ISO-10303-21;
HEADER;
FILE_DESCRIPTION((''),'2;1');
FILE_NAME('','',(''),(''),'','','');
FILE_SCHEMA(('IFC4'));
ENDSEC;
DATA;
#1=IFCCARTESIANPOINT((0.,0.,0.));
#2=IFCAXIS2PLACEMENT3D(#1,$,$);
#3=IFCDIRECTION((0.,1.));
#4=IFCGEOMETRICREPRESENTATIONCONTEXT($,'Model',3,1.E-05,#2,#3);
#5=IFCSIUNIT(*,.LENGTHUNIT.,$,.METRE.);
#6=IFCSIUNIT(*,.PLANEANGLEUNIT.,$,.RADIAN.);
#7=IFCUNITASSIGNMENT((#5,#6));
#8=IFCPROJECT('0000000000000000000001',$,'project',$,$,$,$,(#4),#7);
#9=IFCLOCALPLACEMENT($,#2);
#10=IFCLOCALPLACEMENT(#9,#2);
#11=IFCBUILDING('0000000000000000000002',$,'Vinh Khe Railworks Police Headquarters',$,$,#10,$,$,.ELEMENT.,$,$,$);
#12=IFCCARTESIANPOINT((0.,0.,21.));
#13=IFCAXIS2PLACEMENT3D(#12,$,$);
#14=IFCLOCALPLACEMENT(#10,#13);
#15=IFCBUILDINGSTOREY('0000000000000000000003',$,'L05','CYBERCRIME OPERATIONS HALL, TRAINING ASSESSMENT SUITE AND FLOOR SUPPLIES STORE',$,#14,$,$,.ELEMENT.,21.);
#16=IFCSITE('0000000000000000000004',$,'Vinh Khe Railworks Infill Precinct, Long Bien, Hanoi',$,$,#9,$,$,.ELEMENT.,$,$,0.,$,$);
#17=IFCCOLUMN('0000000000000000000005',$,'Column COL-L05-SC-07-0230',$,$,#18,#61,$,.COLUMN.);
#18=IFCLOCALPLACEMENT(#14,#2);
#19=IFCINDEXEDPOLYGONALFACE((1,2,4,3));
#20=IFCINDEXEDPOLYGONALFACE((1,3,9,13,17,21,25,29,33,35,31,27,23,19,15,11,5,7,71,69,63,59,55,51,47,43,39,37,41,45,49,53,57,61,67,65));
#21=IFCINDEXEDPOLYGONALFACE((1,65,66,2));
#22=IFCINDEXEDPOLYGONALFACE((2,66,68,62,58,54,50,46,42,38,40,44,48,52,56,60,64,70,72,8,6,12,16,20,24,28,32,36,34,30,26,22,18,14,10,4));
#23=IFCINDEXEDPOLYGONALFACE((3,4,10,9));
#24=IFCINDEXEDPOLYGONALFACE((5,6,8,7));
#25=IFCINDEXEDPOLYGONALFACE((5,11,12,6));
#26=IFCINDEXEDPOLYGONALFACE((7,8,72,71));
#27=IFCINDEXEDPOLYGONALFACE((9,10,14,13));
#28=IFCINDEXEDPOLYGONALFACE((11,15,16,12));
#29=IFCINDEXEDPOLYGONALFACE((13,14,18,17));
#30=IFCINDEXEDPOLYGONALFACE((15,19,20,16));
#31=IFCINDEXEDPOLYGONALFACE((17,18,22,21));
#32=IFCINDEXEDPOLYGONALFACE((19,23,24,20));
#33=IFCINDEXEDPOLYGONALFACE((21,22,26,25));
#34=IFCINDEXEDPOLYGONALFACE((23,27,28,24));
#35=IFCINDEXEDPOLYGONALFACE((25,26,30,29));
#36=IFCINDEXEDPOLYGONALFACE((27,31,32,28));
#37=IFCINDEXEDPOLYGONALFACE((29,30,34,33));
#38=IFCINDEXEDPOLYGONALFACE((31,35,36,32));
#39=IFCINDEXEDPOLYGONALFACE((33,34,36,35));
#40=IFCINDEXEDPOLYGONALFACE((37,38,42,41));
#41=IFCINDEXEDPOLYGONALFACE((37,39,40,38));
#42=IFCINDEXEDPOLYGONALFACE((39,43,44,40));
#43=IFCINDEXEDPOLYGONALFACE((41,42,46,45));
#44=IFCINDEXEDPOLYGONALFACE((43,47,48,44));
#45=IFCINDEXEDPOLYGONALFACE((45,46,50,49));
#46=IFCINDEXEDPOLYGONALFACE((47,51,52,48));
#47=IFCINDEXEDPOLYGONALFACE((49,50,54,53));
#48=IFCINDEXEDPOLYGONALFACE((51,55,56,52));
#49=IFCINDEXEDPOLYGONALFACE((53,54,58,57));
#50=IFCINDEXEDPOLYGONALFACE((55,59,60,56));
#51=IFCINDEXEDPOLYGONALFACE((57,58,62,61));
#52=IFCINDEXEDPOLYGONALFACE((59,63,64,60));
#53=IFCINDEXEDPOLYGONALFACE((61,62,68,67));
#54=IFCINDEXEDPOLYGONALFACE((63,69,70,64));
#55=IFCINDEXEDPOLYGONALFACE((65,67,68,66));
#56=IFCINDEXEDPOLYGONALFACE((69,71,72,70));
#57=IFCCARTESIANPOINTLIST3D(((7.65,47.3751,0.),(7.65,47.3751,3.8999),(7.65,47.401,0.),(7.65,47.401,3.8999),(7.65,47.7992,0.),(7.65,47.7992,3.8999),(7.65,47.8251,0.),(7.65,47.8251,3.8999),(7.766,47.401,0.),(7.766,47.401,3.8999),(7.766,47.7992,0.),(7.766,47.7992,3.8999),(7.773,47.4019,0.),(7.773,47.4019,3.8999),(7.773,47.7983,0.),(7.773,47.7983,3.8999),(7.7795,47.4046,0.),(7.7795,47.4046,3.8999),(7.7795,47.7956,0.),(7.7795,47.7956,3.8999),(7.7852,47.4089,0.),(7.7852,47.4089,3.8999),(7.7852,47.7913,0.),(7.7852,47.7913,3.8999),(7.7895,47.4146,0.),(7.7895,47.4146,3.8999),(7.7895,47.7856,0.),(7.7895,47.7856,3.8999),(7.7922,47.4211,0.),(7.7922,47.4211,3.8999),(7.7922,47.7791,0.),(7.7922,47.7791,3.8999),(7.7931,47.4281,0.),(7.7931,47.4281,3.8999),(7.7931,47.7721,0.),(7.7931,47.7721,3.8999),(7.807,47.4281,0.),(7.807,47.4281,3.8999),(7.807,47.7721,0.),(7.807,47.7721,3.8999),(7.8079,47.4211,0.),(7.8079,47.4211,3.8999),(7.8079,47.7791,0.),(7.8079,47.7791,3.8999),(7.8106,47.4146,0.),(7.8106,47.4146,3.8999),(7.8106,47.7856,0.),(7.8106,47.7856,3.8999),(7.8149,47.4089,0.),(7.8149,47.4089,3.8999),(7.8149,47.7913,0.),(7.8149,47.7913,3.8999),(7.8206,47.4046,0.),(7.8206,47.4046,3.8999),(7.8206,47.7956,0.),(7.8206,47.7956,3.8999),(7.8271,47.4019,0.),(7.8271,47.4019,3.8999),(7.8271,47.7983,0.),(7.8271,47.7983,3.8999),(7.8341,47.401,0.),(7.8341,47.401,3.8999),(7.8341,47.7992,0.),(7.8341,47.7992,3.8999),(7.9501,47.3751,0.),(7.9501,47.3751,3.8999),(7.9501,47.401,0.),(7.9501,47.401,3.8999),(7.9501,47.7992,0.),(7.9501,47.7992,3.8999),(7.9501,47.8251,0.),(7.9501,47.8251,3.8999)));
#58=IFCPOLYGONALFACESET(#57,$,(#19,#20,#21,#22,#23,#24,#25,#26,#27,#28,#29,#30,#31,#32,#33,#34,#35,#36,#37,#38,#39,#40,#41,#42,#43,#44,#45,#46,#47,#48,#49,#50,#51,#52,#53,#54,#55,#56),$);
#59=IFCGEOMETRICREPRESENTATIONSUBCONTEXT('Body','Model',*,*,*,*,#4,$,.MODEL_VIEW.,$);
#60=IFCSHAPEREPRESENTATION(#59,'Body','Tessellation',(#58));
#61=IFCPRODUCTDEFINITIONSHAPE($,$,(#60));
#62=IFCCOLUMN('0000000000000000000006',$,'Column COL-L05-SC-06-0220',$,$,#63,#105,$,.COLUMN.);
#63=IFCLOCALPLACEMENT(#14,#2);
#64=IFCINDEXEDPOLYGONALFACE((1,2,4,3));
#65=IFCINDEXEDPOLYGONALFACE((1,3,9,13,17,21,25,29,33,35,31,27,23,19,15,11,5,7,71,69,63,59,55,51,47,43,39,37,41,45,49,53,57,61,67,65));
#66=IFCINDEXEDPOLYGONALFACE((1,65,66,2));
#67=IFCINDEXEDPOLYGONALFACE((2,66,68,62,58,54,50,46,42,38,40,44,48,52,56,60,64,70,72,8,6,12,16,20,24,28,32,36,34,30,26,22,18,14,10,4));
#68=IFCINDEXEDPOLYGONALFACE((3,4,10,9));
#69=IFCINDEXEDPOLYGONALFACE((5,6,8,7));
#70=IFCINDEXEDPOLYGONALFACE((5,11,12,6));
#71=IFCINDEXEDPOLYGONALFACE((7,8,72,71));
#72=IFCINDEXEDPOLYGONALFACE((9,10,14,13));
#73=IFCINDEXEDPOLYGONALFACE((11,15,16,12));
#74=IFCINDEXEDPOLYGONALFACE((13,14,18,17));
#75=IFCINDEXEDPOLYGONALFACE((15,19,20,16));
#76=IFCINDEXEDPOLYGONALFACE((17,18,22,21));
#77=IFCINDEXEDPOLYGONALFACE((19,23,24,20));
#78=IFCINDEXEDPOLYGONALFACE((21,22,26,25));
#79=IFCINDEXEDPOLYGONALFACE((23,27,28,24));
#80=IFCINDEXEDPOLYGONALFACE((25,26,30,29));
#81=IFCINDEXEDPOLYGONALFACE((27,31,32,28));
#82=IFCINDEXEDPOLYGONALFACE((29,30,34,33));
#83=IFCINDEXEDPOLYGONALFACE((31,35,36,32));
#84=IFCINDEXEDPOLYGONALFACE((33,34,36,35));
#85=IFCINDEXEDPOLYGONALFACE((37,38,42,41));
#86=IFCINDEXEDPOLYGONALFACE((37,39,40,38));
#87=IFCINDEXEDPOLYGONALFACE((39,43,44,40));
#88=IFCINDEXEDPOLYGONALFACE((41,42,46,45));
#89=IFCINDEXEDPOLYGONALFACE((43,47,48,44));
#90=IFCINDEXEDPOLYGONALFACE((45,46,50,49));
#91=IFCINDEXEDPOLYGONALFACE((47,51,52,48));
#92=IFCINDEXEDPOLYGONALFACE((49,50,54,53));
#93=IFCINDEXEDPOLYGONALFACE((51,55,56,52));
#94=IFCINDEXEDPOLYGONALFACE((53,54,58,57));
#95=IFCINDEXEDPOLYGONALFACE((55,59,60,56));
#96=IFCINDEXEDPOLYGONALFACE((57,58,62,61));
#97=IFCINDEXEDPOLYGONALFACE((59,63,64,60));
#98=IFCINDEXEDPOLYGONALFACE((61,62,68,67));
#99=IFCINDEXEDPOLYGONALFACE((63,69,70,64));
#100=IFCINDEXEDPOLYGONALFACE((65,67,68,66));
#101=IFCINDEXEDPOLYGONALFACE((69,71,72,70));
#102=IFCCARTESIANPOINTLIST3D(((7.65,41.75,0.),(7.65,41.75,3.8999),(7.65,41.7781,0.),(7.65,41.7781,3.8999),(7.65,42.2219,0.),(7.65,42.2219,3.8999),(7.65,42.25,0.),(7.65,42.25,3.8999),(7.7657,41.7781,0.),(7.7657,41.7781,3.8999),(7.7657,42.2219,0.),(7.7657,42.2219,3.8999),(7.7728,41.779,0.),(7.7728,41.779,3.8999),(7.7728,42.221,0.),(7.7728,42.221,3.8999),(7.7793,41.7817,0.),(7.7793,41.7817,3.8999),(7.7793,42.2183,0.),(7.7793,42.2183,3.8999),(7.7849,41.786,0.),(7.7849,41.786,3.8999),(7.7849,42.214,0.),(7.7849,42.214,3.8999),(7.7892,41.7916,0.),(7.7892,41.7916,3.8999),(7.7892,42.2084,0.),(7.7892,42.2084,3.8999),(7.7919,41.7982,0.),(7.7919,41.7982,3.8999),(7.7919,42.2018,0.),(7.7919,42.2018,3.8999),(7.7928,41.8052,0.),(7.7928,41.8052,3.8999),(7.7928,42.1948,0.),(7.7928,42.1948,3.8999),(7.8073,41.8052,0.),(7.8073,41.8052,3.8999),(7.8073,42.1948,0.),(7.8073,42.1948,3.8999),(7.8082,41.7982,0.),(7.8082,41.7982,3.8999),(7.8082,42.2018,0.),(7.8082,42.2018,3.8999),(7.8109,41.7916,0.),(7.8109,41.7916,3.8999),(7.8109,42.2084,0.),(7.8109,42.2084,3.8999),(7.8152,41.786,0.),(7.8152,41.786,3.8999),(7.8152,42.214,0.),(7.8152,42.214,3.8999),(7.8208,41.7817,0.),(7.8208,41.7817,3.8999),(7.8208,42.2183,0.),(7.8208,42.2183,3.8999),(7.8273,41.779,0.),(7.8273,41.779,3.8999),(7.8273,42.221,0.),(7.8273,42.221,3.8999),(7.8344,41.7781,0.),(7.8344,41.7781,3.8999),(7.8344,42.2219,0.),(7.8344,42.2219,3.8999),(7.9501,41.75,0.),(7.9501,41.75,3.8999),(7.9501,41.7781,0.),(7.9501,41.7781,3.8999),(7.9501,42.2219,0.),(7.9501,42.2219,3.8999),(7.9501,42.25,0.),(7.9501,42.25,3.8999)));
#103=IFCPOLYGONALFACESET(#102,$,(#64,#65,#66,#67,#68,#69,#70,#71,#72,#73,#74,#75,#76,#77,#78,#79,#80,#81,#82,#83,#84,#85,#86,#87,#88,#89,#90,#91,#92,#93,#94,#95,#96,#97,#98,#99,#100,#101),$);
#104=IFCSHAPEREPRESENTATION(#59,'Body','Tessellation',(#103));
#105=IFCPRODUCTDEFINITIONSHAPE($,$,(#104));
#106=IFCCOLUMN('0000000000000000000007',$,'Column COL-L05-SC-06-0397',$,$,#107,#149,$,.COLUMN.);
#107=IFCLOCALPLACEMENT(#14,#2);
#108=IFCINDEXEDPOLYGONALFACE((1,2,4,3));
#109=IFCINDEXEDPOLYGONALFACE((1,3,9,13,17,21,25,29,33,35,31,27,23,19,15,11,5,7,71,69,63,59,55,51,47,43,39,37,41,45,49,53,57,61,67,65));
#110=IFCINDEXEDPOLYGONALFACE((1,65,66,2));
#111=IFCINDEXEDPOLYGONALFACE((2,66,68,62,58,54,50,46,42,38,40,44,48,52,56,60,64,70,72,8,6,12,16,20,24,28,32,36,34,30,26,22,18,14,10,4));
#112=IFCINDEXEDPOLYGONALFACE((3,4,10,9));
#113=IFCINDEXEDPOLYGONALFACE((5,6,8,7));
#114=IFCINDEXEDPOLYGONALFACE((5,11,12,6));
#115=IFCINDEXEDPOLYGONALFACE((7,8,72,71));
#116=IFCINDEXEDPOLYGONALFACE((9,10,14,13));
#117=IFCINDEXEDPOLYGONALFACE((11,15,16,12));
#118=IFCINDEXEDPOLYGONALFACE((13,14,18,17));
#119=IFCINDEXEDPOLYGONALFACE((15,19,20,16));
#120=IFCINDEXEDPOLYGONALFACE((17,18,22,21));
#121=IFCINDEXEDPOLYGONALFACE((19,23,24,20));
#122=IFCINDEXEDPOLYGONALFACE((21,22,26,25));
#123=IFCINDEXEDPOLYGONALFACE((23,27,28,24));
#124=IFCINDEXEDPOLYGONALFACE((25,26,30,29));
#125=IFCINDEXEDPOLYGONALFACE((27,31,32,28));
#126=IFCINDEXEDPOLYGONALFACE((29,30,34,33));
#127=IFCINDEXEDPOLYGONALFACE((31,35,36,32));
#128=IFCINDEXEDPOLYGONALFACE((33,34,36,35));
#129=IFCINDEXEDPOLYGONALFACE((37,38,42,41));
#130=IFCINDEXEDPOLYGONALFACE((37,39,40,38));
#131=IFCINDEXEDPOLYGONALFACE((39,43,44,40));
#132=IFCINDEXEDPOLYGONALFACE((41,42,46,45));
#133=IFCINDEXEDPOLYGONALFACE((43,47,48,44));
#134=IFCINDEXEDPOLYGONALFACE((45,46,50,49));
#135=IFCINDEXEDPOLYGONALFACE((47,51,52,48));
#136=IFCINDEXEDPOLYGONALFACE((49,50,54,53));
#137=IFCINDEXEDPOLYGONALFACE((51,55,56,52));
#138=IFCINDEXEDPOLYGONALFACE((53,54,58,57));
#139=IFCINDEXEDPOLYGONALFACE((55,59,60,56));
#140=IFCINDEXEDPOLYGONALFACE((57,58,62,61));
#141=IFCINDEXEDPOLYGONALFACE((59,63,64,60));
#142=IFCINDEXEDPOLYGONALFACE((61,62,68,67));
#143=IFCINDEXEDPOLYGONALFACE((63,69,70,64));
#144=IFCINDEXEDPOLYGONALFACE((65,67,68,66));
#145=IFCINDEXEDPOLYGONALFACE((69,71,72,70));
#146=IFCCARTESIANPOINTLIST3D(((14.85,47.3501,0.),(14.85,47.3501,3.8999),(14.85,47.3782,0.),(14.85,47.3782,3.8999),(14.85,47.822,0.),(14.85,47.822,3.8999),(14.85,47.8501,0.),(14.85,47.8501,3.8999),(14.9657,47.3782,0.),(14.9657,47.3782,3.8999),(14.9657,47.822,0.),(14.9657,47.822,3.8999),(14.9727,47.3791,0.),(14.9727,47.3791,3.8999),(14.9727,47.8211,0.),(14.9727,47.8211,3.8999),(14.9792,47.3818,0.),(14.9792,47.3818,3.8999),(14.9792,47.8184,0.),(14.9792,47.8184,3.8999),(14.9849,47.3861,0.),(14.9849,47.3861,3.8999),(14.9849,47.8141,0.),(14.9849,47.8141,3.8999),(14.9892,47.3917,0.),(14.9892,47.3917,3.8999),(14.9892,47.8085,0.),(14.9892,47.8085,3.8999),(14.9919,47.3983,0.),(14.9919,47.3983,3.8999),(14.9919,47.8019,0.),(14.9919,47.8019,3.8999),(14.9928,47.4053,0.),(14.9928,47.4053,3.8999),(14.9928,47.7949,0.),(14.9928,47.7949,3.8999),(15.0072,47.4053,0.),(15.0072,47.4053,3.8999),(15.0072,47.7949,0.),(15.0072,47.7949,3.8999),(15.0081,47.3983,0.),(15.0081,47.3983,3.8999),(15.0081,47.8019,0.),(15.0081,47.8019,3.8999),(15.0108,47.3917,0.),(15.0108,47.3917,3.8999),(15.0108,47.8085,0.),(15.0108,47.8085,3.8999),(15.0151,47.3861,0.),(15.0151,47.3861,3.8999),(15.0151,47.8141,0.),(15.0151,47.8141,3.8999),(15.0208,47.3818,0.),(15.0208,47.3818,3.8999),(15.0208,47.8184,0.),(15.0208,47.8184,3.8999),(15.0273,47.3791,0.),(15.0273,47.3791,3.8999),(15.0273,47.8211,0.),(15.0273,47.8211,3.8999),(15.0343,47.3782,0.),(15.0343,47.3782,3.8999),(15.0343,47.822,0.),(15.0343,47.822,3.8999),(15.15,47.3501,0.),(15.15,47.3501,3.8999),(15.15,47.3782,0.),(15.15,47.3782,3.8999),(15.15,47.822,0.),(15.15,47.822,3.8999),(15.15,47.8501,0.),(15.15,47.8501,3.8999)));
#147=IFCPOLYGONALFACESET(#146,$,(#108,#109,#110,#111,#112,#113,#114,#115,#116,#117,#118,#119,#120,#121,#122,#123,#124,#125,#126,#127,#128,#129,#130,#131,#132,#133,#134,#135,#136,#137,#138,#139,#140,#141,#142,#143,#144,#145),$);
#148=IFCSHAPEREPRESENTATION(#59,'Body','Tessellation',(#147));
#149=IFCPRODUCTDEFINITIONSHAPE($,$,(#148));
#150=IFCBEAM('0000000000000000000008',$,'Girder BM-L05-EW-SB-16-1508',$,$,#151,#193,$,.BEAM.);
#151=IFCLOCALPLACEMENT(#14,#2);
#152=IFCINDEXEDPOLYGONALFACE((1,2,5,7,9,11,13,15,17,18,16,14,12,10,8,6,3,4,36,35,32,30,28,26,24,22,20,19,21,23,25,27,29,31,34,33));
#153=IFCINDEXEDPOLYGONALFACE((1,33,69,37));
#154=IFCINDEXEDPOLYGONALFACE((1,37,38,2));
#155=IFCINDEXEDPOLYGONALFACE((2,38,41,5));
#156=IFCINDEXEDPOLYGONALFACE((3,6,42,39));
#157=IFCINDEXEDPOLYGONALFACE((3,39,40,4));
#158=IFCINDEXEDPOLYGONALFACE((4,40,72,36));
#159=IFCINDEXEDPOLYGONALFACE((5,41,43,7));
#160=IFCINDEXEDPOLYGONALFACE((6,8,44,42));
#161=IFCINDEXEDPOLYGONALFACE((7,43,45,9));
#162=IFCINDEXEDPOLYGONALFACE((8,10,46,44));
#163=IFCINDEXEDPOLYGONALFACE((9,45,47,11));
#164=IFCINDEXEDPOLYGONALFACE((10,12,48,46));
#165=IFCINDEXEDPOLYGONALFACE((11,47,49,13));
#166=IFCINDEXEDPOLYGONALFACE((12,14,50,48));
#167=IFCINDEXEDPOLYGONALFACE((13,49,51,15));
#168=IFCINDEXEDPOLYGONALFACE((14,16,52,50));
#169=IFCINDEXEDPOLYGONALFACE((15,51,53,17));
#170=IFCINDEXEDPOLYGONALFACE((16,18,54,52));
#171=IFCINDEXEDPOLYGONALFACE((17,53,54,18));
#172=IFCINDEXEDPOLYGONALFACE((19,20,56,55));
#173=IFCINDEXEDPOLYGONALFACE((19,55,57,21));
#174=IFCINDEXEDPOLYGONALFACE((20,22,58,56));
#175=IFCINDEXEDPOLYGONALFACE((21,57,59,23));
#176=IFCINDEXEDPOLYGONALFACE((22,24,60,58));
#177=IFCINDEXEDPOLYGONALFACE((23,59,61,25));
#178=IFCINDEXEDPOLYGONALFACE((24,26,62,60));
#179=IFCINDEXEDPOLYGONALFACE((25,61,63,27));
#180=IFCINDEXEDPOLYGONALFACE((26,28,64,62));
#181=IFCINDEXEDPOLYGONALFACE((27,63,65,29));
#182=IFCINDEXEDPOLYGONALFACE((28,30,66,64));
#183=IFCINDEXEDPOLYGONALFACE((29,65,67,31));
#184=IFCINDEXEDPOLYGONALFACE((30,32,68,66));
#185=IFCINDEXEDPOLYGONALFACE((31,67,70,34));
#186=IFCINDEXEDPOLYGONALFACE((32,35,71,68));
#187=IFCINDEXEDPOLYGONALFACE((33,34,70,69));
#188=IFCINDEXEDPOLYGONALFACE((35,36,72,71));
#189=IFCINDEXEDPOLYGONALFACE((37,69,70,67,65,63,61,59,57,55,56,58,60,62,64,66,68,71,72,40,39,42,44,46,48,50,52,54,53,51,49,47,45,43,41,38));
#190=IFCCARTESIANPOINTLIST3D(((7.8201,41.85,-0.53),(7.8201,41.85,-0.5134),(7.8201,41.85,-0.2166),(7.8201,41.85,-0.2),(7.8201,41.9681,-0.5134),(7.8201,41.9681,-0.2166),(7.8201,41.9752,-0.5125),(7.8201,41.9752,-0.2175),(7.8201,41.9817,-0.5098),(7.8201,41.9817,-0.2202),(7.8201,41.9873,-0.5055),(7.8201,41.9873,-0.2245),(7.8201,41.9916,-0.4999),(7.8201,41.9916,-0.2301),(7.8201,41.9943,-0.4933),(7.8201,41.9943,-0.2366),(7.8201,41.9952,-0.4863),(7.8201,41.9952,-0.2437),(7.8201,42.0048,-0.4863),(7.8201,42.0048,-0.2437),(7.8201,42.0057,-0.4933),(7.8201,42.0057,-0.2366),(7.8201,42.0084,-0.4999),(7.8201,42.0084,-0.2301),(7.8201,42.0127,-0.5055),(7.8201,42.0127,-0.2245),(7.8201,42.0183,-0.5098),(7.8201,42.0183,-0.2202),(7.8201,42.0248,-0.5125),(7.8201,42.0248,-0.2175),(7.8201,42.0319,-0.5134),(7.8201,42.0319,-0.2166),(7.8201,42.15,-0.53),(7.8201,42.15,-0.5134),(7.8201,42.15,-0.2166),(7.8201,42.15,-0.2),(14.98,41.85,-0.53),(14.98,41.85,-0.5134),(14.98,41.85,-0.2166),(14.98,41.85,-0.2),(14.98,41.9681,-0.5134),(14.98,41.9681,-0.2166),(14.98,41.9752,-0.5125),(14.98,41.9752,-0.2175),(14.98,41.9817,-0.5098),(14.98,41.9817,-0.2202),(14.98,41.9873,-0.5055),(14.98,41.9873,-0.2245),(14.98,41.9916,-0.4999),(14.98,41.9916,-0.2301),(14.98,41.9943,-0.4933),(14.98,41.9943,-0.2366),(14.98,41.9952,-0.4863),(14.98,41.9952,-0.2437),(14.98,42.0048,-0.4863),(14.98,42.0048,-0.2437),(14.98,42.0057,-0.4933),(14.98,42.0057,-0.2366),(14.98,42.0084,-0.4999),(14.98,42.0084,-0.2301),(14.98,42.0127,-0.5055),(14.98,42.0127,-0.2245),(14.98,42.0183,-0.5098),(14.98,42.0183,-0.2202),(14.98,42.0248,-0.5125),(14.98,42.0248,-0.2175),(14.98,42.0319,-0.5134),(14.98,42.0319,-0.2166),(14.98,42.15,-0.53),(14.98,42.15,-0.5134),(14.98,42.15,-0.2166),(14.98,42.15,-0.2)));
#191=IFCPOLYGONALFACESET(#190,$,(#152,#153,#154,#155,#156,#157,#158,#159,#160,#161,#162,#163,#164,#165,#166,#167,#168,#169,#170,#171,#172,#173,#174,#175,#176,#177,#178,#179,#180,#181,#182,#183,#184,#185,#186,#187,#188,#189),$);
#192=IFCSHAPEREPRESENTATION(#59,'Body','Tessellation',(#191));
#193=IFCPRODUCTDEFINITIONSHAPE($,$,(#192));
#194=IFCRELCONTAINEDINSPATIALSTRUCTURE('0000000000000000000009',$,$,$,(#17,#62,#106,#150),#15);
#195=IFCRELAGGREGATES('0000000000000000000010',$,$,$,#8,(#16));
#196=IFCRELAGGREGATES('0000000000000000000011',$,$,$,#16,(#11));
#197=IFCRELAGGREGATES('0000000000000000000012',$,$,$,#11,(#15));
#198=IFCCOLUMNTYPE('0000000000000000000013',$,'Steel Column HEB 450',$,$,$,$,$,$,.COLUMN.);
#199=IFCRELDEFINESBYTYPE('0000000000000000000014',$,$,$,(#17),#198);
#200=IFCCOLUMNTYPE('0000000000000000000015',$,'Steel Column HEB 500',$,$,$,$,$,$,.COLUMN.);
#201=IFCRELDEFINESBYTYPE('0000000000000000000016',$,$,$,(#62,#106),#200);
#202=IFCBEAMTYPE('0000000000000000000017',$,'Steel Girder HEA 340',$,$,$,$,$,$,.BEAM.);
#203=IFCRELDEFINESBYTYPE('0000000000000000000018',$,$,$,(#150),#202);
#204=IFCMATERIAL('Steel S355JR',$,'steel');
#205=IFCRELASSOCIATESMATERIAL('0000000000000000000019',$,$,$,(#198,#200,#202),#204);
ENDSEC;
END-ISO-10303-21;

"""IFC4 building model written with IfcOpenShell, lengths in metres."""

from ifc_helpers import new_model, si_unit, direction, frame, origin, origin_2d, place, context, subcontext, project, spatial, i_section, extrude, material, material_profile, profile_set, type_object, element, save


model = new_model("IFC4")

# Units and contexts
model_context = context("Model", 3, precision=1e-05, world=origin(), true_north=direction((0.0, 1.0)))
body_context = subcontext(model_context, "Body", "Model", "MODEL_VIEW")
ifc_project = project(units=[si_unit("LENGTHUNIT", "METRE"), si_unit("PLANEANGLEUNIT", "RADIAN")], contexts=[model_context])

# Site, building, storey
site_placement = place(None, origin())
site = spatial("IfcSite", under=ifc_project, at=site_placement, Name="Vinh Khe Railworks Infill Precinct, Long Bien, Hanoi", CompositionType="ELEMENT", RefElevation=0.0)
building_placement = place(site_placement, origin())
building = spatial("IfcBuilding", under=site, at=building_placement, Name="Vinh Khe Railworks Police Headquarters", CompositionType="ELEMENT")
storey_placement = place(building_placement, frame((0.0, 0.0, 21.0)))
storey = spatial("IfcBuildingStorey", under=building, at=storey_placement, Name="L05", Description="CYBERCRIME OPERATIONS HALL, TRAINING ASSESSMENT SUITE AND FLOOR SUPPLIES STORE", CompositionType="ELEMENT", Elevation=21.0)

# Columns
ifc_material_1 = material(Name="Steel S355JR", Category="steel")
ifc_material_profile_1 = material_profile(ifc_material_1, i_section(OverallWidth=0.3, OverallDepth=0.45, WebThickness=0.0139, FlangeThickness=0.0259, FilletRadius=0.0271, at=origin_2d()), Name="HEB 450")
ifc_profile_set_1 = profile_set([ifc_material_profile_1], Name="Steel S355JR")
column_type_1 = type_object("IfcColumnType", Name="Steel Column HEB 450", PredefinedType="COLUMN", material=ifc_profile_set_1)
column_1_placement = place(storey_placement, frame((7.8, 47.6001, 0.0), z_axis=(0.0, 0.0, 1.0), x_axis=(1.0, 0.0, 0.0)))
element("IfcColumn", 1, at=column_1_placement, inside=storey, type_object=column_type_1, Name="Column COL-L05-SC-07-0230", PredefinedType="COLUMN", context=body_context, shape_type="SweptSolid", body=[
    extrude(i_section(OverallWidth=0.3, OverallDepth=0.45, WebThickness=0.0139, FlangeThickness=0.0259, FilletRadius=0.0271, at=origin_2d()), origin(), (0.0, 0.0, 1.0), 3.8999),
])
ifc_material_profile_2 = material_profile(ifc_material_1, i_section(OverallWidth=0.3, OverallDepth=0.5, WebThickness=0.0144, FlangeThickness=0.0281, FilletRadius=0.0271, at=origin_2d()), Name="HEB 500")
ifc_profile_set_2 = profile_set([ifc_material_profile_2], Name="Steel S355JR")
column_type_2 = type_object("IfcColumnType", Name="Steel Column HEB 500", PredefinedType="COLUMN", material=ifc_profile_set_2)
for number, where, z_axis, x_axis, name in (
    (2, (7.8, 42.0, 0.0), (0.0, 0.0, 1.0), (1.0, 0.0, 0.0), "Column COL-L05-SC-06-0220"),
    (3, (15.0, 47.6001, 0.0), (0.0, 0.0, 1.0), (1.0, 0.0, 0.0), "Column COL-L05-SC-06-0397"),
):
    element("IfcColumn", number, at=place(storey_placement, frame(where, z_axis=z_axis, x_axis=x_axis)), inside=storey, type_object=column_type_2, Name=name, PredefinedType="COLUMN", context=body_context, shape_type="SweptSolid", body=[
        extrude(i_section(OverallWidth=0.3, OverallDepth=0.5, WebThickness=0.0144, FlangeThickness=0.0281, FilletRadius=0.0271, at=origin_2d()), origin(), (0.0, 0.0, 1.0), 3.8999),
    ])

# Beam
ifc_material_profile_3 = material_profile(ifc_material_1, i_section(OverallWidth=0.3, OverallDepth=0.3301, WebThickness=0.0095, FlangeThickness=0.0166, FilletRadius=0.0271, at=origin_2d()), Name="HEA 340")
ifc_profile_set_3 = profile_set([ifc_material_profile_3], Name="Steel S355JR")
beam_type_1 = type_object("IfcBeamType", Name="Steel Girder HEA 340", PredefinedType="BEAM", material=ifc_profile_set_3)
beam_1_placement = place(storey_placement, frame((7.8201, 42.0, -0.365), z_axis=(1.0, 0.0, 0.0), x_axis=(0.0, 1.0, 0.0)))
element("IfcBeam", 4, at=beam_1_placement, inside=storey, type_object=beam_type_1, Name="Girder BM-L05-EW-SB-16-1508", PredefinedType="BEAM", context=body_context, shape_type="SweptSolid", body=[
    extrude(i_section(OverallWidth=0.3, OverallDepth=0.3301, WebThickness=0.0095, FlangeThickness=0.0166, FilletRadius=0.0271, at=origin_2d()), origin(), (0.0, 0.0, 1.0), 7.1599),
])

save(model, "model.ifc")
